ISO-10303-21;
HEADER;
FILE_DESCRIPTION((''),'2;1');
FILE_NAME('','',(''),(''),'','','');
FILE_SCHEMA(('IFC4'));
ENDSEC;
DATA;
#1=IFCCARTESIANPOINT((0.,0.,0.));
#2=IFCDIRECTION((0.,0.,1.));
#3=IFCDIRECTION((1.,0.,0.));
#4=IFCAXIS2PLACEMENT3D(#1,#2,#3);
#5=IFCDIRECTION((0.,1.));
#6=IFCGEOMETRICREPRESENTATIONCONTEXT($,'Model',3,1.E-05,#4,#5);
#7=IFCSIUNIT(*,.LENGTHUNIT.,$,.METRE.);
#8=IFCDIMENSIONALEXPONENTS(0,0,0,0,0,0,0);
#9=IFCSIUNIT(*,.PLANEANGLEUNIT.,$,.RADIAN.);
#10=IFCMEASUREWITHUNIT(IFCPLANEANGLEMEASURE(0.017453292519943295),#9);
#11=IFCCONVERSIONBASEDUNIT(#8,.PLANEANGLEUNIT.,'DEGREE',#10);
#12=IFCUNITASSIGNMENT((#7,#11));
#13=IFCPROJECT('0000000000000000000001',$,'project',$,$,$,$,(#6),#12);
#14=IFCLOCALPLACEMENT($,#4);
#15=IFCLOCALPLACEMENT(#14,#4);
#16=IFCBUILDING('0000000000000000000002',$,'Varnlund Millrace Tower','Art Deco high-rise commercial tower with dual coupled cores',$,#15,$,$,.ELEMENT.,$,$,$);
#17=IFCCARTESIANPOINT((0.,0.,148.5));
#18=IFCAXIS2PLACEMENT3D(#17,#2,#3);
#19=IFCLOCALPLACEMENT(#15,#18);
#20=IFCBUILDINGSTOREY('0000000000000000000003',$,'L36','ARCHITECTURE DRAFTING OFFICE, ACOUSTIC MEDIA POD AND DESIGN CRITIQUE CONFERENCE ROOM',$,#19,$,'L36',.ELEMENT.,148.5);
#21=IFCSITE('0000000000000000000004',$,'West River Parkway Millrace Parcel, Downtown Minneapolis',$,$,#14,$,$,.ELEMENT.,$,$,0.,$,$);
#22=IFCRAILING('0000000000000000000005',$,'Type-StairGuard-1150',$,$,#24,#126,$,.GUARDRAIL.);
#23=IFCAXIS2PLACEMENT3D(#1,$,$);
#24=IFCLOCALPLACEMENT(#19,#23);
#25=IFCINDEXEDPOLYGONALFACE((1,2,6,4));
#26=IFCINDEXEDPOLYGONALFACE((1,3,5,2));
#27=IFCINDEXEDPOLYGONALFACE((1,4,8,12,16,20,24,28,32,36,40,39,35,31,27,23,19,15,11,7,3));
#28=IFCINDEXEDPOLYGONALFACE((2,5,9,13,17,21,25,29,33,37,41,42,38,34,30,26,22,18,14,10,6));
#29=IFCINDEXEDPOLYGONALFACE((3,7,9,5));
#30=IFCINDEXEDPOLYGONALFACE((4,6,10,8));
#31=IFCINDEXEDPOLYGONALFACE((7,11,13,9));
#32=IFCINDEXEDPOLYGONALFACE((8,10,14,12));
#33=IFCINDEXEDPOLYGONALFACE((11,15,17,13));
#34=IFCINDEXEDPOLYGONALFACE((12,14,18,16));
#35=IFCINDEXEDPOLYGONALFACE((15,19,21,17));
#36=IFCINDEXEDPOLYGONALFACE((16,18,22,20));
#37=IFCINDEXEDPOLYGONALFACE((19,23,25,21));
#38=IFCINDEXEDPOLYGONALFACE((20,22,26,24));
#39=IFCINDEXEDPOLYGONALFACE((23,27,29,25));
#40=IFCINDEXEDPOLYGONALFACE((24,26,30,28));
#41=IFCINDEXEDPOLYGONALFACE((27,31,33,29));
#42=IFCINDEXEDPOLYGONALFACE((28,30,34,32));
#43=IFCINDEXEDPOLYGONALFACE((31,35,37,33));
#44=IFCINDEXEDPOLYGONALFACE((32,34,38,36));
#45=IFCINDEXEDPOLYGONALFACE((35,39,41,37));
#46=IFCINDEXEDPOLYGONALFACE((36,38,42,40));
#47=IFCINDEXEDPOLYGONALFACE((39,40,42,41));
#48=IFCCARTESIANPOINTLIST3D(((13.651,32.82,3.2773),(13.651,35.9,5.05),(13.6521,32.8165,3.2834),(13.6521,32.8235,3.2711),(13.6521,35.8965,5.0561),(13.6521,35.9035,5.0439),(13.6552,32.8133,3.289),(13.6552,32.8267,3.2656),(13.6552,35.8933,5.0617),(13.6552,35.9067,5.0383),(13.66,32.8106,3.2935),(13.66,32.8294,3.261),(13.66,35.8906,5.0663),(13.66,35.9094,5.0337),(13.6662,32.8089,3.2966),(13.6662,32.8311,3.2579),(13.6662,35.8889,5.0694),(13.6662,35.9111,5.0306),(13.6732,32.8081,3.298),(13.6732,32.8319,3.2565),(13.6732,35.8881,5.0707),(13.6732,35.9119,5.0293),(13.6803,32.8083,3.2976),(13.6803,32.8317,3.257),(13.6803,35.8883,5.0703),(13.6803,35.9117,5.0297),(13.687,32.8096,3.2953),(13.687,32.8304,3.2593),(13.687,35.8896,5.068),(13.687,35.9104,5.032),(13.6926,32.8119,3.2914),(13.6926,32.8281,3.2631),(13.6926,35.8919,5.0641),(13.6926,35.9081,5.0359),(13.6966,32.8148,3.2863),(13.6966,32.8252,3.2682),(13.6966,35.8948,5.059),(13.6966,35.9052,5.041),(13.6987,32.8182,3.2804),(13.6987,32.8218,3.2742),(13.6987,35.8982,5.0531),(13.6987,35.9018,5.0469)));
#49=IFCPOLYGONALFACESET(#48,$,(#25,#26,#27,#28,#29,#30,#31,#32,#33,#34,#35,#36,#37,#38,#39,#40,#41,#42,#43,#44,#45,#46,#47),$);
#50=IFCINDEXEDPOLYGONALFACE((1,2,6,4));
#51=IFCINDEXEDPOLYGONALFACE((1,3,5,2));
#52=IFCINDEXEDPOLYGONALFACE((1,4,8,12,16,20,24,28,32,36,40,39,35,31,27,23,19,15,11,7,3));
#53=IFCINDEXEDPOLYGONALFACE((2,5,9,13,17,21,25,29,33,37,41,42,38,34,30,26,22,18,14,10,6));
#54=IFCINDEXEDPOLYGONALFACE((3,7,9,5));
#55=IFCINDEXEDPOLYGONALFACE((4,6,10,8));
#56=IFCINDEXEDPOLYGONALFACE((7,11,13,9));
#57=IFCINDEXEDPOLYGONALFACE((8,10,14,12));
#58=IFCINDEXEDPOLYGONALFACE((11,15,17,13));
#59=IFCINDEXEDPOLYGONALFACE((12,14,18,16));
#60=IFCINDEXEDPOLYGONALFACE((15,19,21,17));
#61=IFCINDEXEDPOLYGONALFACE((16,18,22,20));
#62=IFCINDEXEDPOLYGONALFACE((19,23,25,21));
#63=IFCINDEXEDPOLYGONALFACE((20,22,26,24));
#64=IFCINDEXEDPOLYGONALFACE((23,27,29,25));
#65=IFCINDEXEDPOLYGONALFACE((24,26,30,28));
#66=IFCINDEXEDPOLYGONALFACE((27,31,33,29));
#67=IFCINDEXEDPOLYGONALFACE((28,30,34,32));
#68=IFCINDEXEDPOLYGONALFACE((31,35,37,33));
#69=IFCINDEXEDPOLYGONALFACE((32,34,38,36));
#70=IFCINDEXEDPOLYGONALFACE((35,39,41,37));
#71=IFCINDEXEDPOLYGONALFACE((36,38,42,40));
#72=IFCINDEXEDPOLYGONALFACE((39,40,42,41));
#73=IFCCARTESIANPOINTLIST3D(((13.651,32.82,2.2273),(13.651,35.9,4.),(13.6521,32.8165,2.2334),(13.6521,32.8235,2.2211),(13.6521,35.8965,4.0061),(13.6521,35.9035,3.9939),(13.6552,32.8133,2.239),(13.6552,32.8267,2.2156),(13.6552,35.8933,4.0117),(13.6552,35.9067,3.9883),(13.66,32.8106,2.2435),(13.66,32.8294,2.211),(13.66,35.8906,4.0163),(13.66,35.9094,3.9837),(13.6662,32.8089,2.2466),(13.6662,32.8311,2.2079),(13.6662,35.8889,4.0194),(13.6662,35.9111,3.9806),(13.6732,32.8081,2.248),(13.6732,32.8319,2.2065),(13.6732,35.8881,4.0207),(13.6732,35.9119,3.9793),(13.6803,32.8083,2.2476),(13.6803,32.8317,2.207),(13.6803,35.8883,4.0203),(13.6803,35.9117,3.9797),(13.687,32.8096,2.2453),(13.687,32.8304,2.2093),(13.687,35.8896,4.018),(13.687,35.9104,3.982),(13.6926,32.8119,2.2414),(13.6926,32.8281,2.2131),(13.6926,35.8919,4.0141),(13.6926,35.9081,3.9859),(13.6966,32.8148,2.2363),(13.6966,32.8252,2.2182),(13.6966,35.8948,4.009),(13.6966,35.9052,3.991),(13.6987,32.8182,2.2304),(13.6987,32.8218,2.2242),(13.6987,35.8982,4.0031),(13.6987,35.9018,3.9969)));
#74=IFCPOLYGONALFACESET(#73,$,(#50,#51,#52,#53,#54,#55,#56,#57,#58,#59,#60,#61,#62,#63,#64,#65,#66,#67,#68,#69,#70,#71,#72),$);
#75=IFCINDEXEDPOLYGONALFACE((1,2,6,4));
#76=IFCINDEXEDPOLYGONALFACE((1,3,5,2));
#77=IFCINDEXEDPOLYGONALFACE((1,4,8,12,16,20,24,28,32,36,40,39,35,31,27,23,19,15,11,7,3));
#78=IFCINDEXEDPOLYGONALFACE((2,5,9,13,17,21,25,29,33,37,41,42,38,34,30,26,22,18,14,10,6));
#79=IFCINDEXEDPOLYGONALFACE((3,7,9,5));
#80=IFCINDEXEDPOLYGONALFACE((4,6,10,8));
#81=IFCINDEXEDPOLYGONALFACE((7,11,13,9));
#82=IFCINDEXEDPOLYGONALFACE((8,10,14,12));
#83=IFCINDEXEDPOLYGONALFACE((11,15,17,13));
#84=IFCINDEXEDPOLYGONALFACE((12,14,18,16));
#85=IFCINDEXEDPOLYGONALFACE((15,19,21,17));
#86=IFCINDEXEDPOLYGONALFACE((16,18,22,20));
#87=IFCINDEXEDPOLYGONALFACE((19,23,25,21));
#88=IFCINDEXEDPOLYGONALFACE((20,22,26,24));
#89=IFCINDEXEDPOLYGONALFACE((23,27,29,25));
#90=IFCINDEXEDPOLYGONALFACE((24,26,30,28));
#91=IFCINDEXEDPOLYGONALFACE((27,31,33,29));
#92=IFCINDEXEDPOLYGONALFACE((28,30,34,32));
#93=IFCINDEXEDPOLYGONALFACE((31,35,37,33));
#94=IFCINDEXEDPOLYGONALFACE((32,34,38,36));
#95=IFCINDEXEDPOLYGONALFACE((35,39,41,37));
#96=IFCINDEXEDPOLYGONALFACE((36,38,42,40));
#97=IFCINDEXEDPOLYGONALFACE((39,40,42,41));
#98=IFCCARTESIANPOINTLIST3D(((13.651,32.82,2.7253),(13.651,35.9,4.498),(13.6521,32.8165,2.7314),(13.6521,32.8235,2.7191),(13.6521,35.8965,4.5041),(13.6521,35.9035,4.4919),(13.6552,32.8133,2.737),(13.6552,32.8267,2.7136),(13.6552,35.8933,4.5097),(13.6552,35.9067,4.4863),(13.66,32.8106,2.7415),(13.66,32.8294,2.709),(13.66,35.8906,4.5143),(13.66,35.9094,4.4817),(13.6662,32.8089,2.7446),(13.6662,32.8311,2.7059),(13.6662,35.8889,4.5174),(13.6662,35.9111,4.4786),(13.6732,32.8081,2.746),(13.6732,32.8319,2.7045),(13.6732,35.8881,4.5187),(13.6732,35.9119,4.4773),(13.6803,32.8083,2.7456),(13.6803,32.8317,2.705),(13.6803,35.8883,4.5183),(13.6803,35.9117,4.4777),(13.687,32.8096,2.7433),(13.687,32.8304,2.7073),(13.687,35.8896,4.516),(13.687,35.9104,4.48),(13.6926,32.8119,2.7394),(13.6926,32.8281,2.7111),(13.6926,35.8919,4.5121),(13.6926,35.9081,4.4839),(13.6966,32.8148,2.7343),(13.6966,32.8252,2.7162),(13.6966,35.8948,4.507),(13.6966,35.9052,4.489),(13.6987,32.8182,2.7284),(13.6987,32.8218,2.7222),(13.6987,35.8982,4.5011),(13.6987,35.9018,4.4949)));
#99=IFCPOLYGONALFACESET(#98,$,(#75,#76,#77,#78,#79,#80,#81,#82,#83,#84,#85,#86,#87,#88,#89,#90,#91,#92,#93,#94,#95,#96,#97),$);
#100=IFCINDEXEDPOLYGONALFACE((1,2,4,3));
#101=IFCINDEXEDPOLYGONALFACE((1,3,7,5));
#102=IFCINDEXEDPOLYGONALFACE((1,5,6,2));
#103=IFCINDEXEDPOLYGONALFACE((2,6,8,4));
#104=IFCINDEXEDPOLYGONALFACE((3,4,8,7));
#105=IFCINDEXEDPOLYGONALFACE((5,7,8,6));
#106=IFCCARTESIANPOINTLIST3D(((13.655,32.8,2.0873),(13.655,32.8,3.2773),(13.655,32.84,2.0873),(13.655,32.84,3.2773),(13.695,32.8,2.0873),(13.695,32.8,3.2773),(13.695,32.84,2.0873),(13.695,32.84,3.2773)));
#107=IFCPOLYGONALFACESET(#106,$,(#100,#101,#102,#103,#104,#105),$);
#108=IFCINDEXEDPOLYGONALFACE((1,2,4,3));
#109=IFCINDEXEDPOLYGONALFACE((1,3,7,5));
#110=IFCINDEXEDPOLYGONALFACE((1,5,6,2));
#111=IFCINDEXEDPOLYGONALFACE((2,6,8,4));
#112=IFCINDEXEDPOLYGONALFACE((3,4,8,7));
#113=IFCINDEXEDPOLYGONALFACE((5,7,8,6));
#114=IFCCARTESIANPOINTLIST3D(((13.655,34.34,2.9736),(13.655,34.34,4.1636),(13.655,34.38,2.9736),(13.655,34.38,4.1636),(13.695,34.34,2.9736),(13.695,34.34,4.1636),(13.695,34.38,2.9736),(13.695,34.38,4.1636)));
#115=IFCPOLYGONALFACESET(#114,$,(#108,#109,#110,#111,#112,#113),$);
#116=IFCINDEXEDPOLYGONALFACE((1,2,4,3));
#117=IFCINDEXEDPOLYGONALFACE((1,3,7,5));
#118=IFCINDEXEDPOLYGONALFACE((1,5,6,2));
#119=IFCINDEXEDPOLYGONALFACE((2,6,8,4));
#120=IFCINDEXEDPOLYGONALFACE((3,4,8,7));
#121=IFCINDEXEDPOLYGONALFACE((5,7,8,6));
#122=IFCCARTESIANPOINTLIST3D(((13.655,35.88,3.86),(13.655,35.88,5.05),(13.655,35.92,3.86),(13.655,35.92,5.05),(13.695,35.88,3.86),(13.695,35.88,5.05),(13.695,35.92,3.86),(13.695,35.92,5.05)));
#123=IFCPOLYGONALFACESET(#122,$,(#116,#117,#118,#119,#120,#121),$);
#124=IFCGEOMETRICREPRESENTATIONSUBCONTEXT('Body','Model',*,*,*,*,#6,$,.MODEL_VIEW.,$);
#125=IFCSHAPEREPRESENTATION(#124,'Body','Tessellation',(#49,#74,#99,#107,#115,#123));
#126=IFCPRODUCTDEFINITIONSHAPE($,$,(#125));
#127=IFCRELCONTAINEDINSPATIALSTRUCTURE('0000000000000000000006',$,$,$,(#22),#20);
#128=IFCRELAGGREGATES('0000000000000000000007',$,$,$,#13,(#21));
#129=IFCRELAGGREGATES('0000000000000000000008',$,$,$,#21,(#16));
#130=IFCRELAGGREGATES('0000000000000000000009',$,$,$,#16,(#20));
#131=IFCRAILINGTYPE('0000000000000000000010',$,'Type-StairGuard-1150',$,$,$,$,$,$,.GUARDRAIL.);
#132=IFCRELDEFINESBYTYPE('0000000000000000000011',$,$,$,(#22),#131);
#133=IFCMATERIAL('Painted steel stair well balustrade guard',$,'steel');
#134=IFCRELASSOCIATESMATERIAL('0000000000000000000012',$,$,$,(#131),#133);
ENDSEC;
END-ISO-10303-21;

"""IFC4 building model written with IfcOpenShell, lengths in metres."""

from ifc_helpers import new_model, entity, si_unit, converted_unit, direction, frame, origin_with_axes, origin_2d_with_axis, place, context, subcontext, project, spatial, rectangle, circle, extrude, material, type_object, element, save


model = new_model("IFC4")

# Units and contexts
model_context = context("Model", 3, precision=1e-05, world=origin_with_axes(), true_north=direction((0.0, 1.0)))
body_context = subcontext(model_context, "Body", "Model", "MODEL_VIEW")
ifc_project = project(units=[si_unit("LENGTHUNIT", "METRE"), converted_unit("PLANEANGLEUNIT", "DEGREE", entity("IfcPlaneAngleMeasure", 0.017453292519943295), si_unit("PLANEANGLEUNIT", "RADIAN"), dimensions=[0, 0, 0, 0, 0, 0, 0])], contexts=[model_context])

# Site, building, storey
site_placement = place(None, origin_with_axes())
site = spatial("IfcSite", under=ifc_project, at=site_placement, Name="West River Parkway Millrace Parcel, Downtown Minneapolis", CompositionType="ELEMENT", RefElevation=0.0)
building_placement = place(site_placement, origin_with_axes())
building = spatial("IfcBuilding", under=site, at=building_placement, Name="Varnlund Millrace Tower", Description="Art Deco high-rise commercial tower with dual coupled cores", CompositionType="ELEMENT")
storey_placement = place(building_placement, frame((0.0, 0.0, 148.5), z_axis=(0.0, 0.0, 1.0), x_axis=(1.0, 0.0, 0.0)))
storey = spatial("IfcBuildingStorey", under=building, at=storey_placement, Name="L36", Description="ARCHITECTURE DRAFTING OFFICE, ACOUSTIC MEDIA POD AND DESIGN CRITIQUE CONFERENCE ROOM", LongName="L36", CompositionType="ELEMENT", Elevation=148.5)

# Railing
ifc_material_1 = material(Name="Painted steel stair well balustrade guard", Category="steel")
railing_type_1 = type_object("IfcRailingType", Name="Type-StairGuard-1150", PredefinedType="GUARDRAIL", material=ifc_material_1)
railing_1_placement = place(storey_placement, frame((0.0, 0.0, -148.5), z_axis=(0.0, 0.0, 1.0), x_axis=(1.0, 0.0, 0.0)))
element("IfcRailing", 1, at=railing_1_placement, inside=storey, type_object=railing_type_1, Name="Type-StairGuard-1150", PredefinedType="GUARDRAIL", context=body_context, shape_type="SweptSolid", body=[
    extrude(circle(Radius=0.024, at=origin_2d_with_axis()), frame((13.675, 32.82, 151.7773), z_axis=(0.0, 0.866696, 0.498836), x_axis=(-1.0, 0.0, 0.0)), (0.0, 0.0, 1.0), 3.5537),
    extrude(circle(Radius=0.024, at=origin_2d_with_axis()), frame((13.675, 32.82, 150.7273), z_axis=(0.0, 0.866696, 0.498836), x_axis=(-1.0, 0.0, 0.0)), (0.0, 0.0, 1.0), 3.5537),
    extrude(circle(Radius=0.024, at=origin_2d_with_axis()), frame((13.675, 32.82, 151.2253), z_axis=(0.0, 0.866696, 0.498836), x_axis=(-1.0, 0.0, 0.0)), (0.0, 0.0, 1.0), 3.5537),
    extrude(rectangle(XDim=0.04, YDim=0.04, at=origin_2d_with_axis()), frame((13.675, 32.82, 150.5873), z_axis=(0.0, 0.0, 1.0), x_axis=(1.0, 0.0, 0.0)), (0.0, 0.0, 1.0), 1.19),
    extrude(rectangle(XDim=0.04, YDim=0.04, at=origin_2d_with_axis()), frame((13.675, 34.36, 151.4736), z_axis=(0.0, 0.0, 1.0), x_axis=(1.0, 0.0, 0.0)), (0.0, 0.0, 1.0), 1.19),
    extrude(rectangle(XDim=0.04, YDim=0.04, at=origin_2d_with_axis()), frame((13.675, 35.9, 152.36), z_axis=(0.0, 0.0, 1.0), x_axis=(1.0, 0.0, 0.0)), (0.0, 0.0, 1.0), 1.19),
])

save(model, "model.ifc")
